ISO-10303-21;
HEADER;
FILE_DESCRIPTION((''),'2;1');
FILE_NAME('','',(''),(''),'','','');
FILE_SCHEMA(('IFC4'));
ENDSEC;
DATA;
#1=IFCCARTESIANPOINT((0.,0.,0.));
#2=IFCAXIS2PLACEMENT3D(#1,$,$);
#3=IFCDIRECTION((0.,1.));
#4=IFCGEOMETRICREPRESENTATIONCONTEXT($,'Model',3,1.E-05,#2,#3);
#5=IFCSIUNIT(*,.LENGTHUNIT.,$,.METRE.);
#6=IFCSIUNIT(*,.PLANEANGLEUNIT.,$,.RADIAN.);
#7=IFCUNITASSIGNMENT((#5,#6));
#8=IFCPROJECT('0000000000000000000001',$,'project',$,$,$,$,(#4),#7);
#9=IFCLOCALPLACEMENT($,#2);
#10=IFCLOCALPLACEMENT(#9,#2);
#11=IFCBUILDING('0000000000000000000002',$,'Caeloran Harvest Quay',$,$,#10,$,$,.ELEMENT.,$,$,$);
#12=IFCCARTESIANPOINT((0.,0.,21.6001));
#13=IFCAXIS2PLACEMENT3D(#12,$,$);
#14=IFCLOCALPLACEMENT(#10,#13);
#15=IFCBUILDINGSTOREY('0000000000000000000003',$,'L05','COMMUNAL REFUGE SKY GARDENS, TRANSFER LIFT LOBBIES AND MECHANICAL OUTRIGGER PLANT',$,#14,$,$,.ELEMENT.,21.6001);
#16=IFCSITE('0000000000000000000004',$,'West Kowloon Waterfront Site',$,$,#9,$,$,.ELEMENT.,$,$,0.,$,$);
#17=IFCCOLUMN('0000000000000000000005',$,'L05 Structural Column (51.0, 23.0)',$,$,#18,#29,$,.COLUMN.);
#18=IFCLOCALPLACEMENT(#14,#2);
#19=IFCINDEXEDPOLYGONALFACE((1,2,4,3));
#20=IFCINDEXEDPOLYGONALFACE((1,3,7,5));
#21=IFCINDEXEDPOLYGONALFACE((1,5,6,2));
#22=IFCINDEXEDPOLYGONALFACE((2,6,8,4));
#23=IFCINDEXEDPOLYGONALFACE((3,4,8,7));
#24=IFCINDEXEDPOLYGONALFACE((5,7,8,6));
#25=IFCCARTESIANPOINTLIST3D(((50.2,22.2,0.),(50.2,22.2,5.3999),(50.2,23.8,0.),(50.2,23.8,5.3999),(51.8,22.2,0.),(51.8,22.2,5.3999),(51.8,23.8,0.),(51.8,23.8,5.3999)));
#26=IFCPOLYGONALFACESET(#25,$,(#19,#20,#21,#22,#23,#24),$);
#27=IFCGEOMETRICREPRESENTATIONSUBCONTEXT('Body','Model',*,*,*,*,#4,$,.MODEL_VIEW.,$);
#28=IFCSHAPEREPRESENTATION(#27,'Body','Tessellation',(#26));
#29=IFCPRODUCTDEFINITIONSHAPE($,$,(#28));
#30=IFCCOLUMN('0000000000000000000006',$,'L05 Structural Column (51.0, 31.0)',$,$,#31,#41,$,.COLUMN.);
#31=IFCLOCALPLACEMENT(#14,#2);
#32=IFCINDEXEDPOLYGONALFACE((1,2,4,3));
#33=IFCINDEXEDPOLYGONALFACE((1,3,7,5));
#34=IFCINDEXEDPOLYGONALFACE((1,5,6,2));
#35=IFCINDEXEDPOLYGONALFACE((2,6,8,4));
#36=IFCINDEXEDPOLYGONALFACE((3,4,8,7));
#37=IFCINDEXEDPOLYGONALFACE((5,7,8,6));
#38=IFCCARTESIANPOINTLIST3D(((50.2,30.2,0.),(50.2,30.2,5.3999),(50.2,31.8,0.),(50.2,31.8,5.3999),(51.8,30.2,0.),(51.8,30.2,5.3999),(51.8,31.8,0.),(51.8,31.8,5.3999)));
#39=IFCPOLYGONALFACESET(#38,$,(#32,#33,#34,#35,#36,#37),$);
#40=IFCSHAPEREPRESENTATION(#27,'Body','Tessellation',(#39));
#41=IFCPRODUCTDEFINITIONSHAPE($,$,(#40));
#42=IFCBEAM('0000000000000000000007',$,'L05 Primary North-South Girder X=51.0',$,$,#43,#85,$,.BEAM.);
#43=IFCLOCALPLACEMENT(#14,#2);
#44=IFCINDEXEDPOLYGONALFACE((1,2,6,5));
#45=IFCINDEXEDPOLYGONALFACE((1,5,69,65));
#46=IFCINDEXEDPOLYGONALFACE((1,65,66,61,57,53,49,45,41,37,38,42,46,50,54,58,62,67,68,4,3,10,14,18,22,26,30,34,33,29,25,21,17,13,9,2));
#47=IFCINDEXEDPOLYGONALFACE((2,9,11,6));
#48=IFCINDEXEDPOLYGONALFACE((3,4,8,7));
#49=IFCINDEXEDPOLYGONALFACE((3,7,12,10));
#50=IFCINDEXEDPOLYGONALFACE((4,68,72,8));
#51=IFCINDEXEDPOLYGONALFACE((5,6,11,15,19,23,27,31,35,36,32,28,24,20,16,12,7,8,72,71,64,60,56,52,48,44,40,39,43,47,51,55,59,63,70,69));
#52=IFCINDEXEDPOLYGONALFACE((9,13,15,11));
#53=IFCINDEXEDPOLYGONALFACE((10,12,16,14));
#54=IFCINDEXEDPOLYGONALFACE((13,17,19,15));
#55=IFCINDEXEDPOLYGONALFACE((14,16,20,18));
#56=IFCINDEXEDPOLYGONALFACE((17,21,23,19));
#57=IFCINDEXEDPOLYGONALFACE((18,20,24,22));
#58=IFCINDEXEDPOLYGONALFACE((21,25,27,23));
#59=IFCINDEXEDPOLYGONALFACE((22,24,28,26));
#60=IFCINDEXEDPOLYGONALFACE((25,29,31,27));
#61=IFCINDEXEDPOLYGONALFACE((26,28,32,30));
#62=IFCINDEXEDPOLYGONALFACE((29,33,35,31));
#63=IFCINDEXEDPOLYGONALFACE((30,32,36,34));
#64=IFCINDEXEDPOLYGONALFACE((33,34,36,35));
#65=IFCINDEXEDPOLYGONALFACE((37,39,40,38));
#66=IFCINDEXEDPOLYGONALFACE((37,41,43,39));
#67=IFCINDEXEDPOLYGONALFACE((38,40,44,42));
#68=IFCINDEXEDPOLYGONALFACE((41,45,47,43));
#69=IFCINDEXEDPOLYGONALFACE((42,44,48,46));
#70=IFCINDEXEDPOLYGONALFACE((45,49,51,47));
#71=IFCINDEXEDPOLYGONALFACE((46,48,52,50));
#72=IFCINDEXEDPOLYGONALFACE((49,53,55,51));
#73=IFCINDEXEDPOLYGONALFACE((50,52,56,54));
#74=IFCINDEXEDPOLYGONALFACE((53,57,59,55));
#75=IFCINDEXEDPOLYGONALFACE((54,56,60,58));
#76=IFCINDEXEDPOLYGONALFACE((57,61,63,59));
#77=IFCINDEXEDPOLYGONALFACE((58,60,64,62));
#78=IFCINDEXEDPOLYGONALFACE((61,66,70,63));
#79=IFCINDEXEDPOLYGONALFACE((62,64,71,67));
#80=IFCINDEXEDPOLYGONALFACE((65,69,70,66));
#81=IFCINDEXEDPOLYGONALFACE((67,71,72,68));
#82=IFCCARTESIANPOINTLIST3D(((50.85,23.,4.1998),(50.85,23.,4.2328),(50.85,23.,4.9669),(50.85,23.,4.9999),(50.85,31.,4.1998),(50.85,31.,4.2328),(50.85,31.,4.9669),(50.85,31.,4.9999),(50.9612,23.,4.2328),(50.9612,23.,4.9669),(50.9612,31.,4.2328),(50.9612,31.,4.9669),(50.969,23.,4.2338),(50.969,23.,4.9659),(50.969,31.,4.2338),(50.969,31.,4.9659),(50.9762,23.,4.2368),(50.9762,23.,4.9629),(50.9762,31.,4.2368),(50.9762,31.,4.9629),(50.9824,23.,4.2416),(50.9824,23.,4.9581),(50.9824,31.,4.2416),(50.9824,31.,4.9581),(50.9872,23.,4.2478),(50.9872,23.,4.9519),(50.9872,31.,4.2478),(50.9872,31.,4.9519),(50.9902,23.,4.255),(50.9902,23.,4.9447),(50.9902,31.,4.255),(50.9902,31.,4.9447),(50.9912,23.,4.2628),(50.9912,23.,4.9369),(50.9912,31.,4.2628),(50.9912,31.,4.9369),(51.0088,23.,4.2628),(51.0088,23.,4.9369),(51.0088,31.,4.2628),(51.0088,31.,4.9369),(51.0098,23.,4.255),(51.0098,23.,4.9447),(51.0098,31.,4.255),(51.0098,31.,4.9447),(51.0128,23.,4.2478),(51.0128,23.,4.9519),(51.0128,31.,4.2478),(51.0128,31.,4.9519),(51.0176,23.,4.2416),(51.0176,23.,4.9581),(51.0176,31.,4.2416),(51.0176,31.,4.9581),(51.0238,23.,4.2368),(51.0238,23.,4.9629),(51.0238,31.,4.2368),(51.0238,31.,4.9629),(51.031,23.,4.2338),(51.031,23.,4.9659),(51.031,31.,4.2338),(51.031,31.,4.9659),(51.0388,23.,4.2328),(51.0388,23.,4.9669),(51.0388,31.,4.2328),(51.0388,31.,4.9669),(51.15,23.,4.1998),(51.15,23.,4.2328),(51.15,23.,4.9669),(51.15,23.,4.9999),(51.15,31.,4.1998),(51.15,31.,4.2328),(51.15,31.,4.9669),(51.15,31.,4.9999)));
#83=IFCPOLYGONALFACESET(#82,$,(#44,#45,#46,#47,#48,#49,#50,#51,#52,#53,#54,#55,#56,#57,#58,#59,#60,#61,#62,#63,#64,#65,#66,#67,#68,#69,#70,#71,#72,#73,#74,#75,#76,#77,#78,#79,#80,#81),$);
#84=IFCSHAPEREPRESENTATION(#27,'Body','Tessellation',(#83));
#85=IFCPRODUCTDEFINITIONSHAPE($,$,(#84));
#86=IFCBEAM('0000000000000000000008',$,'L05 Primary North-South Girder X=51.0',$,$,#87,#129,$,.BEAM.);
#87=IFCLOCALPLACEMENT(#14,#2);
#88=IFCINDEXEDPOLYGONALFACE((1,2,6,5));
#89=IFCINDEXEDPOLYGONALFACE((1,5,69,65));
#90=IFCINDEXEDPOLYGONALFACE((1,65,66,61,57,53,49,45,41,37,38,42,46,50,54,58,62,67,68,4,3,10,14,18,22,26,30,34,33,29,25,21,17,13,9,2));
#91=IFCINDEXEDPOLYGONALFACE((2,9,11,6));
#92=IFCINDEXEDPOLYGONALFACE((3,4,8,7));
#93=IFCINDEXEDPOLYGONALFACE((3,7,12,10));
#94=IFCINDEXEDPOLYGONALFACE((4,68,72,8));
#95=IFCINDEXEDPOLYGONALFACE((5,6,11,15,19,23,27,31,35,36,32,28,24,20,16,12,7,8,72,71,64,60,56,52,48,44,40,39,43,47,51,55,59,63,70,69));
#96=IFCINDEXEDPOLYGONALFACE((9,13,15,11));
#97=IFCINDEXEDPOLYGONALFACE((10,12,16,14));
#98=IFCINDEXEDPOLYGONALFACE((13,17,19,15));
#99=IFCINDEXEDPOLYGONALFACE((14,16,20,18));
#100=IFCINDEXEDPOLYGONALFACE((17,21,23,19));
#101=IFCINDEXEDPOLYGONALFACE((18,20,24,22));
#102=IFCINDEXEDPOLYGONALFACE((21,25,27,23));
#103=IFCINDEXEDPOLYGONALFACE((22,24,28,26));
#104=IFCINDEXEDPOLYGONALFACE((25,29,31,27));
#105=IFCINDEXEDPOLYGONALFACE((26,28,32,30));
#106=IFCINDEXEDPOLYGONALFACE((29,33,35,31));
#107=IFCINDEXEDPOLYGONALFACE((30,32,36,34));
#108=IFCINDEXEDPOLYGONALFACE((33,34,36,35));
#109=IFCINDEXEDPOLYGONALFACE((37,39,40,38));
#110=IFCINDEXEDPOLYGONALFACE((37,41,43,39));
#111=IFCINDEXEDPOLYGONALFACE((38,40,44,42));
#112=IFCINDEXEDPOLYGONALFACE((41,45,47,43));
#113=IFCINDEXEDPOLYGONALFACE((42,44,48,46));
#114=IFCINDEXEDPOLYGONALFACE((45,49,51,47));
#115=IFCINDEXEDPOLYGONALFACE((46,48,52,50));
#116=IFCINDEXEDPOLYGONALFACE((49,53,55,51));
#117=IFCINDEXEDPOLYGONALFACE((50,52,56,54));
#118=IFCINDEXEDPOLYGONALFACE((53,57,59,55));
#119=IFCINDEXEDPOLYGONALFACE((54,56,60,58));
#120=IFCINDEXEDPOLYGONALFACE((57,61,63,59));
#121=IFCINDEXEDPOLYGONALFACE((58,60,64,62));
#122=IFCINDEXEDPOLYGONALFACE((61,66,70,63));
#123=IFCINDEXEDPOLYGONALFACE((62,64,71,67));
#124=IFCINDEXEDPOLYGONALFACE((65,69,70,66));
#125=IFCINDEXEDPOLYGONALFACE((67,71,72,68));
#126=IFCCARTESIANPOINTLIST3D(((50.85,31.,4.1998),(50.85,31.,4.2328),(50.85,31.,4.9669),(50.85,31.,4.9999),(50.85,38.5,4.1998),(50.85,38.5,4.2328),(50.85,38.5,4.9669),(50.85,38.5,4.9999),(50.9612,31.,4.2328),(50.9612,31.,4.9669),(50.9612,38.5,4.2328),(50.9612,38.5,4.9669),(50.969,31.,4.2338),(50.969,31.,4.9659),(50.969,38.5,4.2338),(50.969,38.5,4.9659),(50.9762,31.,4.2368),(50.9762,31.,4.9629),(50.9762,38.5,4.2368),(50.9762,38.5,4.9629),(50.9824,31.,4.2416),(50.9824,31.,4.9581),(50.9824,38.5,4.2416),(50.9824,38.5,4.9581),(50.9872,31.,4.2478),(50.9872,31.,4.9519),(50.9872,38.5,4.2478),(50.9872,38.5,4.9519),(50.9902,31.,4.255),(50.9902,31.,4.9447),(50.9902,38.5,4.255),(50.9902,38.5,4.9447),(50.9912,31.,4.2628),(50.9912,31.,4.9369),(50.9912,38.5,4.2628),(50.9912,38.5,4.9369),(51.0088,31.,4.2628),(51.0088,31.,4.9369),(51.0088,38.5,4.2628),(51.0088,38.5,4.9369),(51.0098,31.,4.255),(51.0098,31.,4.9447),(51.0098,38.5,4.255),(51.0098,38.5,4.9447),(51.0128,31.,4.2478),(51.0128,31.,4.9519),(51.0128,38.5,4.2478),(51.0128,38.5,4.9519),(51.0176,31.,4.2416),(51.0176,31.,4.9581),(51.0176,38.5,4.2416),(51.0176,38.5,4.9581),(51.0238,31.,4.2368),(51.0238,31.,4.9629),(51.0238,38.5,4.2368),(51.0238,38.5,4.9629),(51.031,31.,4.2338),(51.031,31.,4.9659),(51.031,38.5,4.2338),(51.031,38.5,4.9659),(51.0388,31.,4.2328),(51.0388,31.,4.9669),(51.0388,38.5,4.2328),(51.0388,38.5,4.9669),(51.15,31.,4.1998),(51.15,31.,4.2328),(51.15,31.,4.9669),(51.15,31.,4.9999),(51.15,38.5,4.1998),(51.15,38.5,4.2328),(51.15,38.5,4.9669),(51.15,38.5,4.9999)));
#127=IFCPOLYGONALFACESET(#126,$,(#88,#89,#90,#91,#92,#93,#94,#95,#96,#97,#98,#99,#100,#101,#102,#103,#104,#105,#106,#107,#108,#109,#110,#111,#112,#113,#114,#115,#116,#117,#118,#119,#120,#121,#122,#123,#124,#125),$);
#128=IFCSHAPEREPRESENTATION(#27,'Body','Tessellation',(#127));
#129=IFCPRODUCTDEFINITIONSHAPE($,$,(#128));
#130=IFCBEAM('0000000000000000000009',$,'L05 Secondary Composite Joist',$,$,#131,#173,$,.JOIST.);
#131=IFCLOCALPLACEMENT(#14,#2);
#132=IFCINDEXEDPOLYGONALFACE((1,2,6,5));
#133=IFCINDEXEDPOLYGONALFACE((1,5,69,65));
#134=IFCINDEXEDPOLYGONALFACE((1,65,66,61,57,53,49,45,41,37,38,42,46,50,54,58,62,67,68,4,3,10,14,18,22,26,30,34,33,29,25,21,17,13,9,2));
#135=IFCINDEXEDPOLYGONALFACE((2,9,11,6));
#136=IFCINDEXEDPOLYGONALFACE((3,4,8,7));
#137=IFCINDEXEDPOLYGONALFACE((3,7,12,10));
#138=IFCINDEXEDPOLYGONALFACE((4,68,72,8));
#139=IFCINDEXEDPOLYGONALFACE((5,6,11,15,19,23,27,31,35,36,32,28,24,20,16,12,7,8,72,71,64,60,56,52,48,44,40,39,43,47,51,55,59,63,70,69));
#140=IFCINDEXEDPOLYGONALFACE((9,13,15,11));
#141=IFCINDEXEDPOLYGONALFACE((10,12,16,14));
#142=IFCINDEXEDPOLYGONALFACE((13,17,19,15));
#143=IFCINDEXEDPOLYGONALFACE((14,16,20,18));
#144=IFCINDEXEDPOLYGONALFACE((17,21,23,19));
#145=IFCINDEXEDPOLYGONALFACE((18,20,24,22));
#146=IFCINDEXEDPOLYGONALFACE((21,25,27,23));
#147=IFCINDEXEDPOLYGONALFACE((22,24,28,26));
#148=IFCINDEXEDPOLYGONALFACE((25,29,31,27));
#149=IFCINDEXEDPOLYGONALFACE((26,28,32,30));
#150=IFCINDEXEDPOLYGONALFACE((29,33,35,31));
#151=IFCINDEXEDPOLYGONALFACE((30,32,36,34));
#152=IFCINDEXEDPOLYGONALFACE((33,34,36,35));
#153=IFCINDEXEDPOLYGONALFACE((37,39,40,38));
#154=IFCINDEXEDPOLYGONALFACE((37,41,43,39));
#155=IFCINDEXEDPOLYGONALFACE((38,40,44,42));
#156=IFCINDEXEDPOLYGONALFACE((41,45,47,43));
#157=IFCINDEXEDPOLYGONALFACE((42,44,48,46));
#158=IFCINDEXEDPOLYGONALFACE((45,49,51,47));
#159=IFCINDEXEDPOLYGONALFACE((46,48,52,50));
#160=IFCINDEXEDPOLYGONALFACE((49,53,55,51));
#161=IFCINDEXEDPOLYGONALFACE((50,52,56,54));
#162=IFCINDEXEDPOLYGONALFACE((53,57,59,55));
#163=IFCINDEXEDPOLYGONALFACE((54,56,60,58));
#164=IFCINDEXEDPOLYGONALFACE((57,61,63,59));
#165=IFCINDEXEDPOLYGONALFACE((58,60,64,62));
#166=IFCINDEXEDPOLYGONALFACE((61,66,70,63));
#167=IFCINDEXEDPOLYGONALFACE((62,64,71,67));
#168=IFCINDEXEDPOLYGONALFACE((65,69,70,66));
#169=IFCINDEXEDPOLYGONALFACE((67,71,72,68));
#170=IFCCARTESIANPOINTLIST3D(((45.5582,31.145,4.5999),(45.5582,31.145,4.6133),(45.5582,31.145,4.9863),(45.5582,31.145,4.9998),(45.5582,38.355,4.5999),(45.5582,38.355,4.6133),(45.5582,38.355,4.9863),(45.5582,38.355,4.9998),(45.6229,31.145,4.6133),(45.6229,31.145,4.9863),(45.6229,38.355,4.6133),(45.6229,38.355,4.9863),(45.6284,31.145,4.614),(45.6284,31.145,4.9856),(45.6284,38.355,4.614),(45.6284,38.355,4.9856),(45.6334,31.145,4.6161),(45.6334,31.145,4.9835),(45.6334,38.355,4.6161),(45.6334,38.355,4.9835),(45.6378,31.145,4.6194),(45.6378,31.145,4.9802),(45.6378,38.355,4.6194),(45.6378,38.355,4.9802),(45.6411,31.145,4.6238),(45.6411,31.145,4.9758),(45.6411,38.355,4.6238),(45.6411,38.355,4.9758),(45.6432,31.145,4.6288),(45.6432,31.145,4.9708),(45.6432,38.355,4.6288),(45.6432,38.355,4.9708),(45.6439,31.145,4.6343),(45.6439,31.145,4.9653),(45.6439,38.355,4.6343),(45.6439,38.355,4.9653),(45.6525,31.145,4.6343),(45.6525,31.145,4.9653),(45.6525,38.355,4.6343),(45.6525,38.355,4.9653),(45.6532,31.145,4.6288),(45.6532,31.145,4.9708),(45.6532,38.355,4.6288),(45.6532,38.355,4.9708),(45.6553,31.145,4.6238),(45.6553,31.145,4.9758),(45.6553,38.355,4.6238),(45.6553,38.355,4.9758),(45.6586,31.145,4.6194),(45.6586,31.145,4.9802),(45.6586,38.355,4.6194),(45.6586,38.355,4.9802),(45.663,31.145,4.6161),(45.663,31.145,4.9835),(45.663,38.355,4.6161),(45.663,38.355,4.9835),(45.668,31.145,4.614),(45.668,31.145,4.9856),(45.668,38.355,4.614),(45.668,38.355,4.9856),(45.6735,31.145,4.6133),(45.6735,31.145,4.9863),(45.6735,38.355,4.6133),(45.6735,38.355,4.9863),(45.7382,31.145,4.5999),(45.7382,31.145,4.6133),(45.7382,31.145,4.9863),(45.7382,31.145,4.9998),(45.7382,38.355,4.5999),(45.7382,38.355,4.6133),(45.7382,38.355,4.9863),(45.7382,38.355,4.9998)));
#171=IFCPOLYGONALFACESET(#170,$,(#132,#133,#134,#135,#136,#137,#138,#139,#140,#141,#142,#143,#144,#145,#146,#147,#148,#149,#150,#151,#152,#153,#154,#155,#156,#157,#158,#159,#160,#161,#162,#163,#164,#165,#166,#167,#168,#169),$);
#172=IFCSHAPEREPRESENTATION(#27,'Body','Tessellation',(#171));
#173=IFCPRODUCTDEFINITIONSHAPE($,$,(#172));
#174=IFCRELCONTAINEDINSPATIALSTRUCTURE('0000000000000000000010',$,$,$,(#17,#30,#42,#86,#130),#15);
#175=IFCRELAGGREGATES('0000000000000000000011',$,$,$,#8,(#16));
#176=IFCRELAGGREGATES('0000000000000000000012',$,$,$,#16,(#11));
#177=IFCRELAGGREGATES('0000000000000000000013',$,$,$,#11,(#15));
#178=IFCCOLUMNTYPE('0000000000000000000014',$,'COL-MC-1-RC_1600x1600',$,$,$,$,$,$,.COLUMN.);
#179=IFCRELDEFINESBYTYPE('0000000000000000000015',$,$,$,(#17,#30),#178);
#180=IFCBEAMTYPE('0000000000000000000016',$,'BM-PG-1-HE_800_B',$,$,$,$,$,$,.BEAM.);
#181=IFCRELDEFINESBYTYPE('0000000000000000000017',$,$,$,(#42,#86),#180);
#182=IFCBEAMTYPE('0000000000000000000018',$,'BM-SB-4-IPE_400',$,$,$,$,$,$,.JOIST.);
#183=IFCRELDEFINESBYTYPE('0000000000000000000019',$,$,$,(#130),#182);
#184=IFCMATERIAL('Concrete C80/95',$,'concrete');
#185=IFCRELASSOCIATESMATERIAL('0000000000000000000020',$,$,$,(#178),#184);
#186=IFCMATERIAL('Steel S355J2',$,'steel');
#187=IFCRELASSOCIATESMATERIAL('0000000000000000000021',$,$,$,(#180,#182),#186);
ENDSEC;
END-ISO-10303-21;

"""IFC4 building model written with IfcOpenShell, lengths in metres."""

from ifc_helpers import new_model, si_unit, direction, frame, origin, origin_2d, place, context, subcontext, project, spatial, rectangle, i_section, extrude, material, material_profile, profile_set, type_object, element, save


model = new_model("IFC4")

# Units and contexts
model_context = context("Model", 3, precision=1e-05, world=origin(), true_north=direction((0.0, 1.0)))
body_context = subcontext(model_context, "Body", "Model", "MODEL_VIEW")
ifc_project = project(units=[si_unit("LENGTHUNIT", "METRE"), si_unit("PLANEANGLEUNIT", "RADIAN")], contexts=[model_context])

# Site, building, storey
site_placement = place(None, origin())
site = spatial("IfcSite", under=ifc_project, at=site_placement, Name="West Kowloon Waterfront Site", CompositionType="ELEMENT", RefElevation=0.0)
building_placement = place(site_placement, origin())
building = spatial("IfcBuilding", under=site, at=building_placement, Name="Caeloran Harvest Quay", CompositionType="ELEMENT")
storey_placement = place(building_placement, frame((0.0, 0.0, 21.6001)))
storey = spatial("IfcBuildingStorey", under=building, at=storey_placement, Name="L05", Description="COMMUNAL REFUGE SKY GARDENS, TRANSFER LIFT LOBBIES AND MECHANICAL OUTRIGGER PLANT", CompositionType="ELEMENT", Elevation=21.6001)

# Columns
ifc_material_1 = material(Name="Concrete C80/95", Category="concrete")
ifc_material_profile_1 = material_profile(ifc_material_1, rectangle(XDim=1.6001, YDim=1.6001, at=origin_2d()), Name="RC 1600x1600")
ifc_profile_set_1 = profile_set([ifc_material_profile_1], Name="Concrete C80/95")
column_type = type_object("IfcColumnType", Name="COL-MC-1-RC_1600x1600", PredefinedType="COLUMN", material=ifc_profile_set_1)
for number, where, z_axis, x_axis, name in (
    (1, (51.0, 23.0, 0.0), (0.0, 0.0, 1.0), (1.0, 0.0, 0.0), "L05 Structural Column (51.0, 23.0)"),
    (2, (51.0, 31.0, 0.0), (0.0, 0.0, 1.0), (1.0, 0.0, 0.0), "L05 Structural Column (51.0, 31.0)"),
):
    element("IfcColumn", number, at=place(storey_placement, frame(where, z_axis=z_axis, x_axis=x_axis)), inside=storey, type_object=column_type, Name=name, PredefinedType="COLUMN", context=body_context, shape_type="SweptSolid", body=[
        extrude(rectangle(XDim=1.6001, YDim=1.6001, at=origin_2d()), origin(), (0.0, 0.0, 1.0), 5.3999),
    ])

# Beams
ifc_material_2 = material(Name="Steel S355J2", Category="steel")
ifc_material_profile_2 = material_profile(ifc_material_2, i_section(OverallWidth=0.3, OverallDepth=0.8, WebThickness=0.0176, FlangeThickness=0.033, FilletRadius=0.03, at=origin_2d()), Name="HE 800 B")
ifc_profile_set_2 = profile_set([ifc_material_profile_2], Name="Steel S355J2")
beam_type_1 = type_object("IfcBeamType", Name="BM-PG-1-HE_800_B", PredefinedType="BEAM", material=ifc_profile_set_2)
beam_1_placement = place(storey_placement, frame((51.0, 23.0, 4.5999), z_axis=(0.0, 1.0, 0.0), x_axis=(-1.0, 0.0, 0.0)))
element("IfcBeam", 3, at=beam_1_placement, inside=storey, type_object=beam_type_1, Name="L05 Primary North-South Girder X=51.0", PredefinedType="BEAM", context=body_context, shape_type="SweptSolid", body=[
    extrude(i_section(OverallWidth=0.3, OverallDepth=0.8, WebThickness=0.0176, FlangeThickness=0.033, FilletRadius=0.03, at=origin_2d()), origin(), (0.0, 0.0, 1.0), 8.0),
])
beam_2_placement = place(storey_placement, frame((51.0, 31.0, 4.5999), z_axis=(0.0, 1.0, 0.0), x_axis=(-1.0, 0.0, 0.0)))
element("IfcBeam", 4, at=beam_2_placement, inside=storey, type_object=beam_type_1, Name="L05 Primary North-South Girder X=51.0", PredefinedType="BEAM", context=body_context, shape_type="SweptSolid", body=[
    extrude(i_section(OverallWidth=0.3, OverallDepth=0.8, WebThickness=0.0176, FlangeThickness=0.033, FilletRadius=0.03, at=origin_2d()), origin(), (0.0, 0.0, 1.0), 7.5),
])
ifc_material_profile_3 = material_profile(ifc_material_2, i_section(OverallWidth=0.1799, OverallDepth=0.3999, WebThickness=0.0085, FlangeThickness=0.0134, FilletRadius=0.021, at=origin_2d()), Name="IPE 400")
ifc_profile_set_3 = profile_set([ifc_material_profile_3], Name="Steel S355J2")
beam_type_2 = type_object("IfcBeamType", Name="BM-SB-4-IPE_400", PredefinedType="JOIST", material=ifc_profile_set_3)
for number, where, z_axis, x_axis, name in (
    (5, (45.6482, 31.145, 4.7998), (0.0, 1.0, 0.0), (-1.0, 0.0, 0.0), "L05 Secondary Composite Joist"),
):
    element("IfcBeam", number, at=place(storey_placement, frame(where, z_axis=z_axis, x_axis=x_axis)), inside=storey, type_object=beam_type_2, Name=name, PredefinedType="JOIST", context=body_context, shape_type="SweptSolid", body=[
        extrude(i_section(OverallWidth=0.1799, OverallDepth=0.3999, WebThickness=0.0085, FlangeThickness=0.0134, FilletRadius=0.021, at=origin_2d()), origin(), (0.0, 0.0, 1.0), 7.21),
    ])

save(model, "model.ifc")
